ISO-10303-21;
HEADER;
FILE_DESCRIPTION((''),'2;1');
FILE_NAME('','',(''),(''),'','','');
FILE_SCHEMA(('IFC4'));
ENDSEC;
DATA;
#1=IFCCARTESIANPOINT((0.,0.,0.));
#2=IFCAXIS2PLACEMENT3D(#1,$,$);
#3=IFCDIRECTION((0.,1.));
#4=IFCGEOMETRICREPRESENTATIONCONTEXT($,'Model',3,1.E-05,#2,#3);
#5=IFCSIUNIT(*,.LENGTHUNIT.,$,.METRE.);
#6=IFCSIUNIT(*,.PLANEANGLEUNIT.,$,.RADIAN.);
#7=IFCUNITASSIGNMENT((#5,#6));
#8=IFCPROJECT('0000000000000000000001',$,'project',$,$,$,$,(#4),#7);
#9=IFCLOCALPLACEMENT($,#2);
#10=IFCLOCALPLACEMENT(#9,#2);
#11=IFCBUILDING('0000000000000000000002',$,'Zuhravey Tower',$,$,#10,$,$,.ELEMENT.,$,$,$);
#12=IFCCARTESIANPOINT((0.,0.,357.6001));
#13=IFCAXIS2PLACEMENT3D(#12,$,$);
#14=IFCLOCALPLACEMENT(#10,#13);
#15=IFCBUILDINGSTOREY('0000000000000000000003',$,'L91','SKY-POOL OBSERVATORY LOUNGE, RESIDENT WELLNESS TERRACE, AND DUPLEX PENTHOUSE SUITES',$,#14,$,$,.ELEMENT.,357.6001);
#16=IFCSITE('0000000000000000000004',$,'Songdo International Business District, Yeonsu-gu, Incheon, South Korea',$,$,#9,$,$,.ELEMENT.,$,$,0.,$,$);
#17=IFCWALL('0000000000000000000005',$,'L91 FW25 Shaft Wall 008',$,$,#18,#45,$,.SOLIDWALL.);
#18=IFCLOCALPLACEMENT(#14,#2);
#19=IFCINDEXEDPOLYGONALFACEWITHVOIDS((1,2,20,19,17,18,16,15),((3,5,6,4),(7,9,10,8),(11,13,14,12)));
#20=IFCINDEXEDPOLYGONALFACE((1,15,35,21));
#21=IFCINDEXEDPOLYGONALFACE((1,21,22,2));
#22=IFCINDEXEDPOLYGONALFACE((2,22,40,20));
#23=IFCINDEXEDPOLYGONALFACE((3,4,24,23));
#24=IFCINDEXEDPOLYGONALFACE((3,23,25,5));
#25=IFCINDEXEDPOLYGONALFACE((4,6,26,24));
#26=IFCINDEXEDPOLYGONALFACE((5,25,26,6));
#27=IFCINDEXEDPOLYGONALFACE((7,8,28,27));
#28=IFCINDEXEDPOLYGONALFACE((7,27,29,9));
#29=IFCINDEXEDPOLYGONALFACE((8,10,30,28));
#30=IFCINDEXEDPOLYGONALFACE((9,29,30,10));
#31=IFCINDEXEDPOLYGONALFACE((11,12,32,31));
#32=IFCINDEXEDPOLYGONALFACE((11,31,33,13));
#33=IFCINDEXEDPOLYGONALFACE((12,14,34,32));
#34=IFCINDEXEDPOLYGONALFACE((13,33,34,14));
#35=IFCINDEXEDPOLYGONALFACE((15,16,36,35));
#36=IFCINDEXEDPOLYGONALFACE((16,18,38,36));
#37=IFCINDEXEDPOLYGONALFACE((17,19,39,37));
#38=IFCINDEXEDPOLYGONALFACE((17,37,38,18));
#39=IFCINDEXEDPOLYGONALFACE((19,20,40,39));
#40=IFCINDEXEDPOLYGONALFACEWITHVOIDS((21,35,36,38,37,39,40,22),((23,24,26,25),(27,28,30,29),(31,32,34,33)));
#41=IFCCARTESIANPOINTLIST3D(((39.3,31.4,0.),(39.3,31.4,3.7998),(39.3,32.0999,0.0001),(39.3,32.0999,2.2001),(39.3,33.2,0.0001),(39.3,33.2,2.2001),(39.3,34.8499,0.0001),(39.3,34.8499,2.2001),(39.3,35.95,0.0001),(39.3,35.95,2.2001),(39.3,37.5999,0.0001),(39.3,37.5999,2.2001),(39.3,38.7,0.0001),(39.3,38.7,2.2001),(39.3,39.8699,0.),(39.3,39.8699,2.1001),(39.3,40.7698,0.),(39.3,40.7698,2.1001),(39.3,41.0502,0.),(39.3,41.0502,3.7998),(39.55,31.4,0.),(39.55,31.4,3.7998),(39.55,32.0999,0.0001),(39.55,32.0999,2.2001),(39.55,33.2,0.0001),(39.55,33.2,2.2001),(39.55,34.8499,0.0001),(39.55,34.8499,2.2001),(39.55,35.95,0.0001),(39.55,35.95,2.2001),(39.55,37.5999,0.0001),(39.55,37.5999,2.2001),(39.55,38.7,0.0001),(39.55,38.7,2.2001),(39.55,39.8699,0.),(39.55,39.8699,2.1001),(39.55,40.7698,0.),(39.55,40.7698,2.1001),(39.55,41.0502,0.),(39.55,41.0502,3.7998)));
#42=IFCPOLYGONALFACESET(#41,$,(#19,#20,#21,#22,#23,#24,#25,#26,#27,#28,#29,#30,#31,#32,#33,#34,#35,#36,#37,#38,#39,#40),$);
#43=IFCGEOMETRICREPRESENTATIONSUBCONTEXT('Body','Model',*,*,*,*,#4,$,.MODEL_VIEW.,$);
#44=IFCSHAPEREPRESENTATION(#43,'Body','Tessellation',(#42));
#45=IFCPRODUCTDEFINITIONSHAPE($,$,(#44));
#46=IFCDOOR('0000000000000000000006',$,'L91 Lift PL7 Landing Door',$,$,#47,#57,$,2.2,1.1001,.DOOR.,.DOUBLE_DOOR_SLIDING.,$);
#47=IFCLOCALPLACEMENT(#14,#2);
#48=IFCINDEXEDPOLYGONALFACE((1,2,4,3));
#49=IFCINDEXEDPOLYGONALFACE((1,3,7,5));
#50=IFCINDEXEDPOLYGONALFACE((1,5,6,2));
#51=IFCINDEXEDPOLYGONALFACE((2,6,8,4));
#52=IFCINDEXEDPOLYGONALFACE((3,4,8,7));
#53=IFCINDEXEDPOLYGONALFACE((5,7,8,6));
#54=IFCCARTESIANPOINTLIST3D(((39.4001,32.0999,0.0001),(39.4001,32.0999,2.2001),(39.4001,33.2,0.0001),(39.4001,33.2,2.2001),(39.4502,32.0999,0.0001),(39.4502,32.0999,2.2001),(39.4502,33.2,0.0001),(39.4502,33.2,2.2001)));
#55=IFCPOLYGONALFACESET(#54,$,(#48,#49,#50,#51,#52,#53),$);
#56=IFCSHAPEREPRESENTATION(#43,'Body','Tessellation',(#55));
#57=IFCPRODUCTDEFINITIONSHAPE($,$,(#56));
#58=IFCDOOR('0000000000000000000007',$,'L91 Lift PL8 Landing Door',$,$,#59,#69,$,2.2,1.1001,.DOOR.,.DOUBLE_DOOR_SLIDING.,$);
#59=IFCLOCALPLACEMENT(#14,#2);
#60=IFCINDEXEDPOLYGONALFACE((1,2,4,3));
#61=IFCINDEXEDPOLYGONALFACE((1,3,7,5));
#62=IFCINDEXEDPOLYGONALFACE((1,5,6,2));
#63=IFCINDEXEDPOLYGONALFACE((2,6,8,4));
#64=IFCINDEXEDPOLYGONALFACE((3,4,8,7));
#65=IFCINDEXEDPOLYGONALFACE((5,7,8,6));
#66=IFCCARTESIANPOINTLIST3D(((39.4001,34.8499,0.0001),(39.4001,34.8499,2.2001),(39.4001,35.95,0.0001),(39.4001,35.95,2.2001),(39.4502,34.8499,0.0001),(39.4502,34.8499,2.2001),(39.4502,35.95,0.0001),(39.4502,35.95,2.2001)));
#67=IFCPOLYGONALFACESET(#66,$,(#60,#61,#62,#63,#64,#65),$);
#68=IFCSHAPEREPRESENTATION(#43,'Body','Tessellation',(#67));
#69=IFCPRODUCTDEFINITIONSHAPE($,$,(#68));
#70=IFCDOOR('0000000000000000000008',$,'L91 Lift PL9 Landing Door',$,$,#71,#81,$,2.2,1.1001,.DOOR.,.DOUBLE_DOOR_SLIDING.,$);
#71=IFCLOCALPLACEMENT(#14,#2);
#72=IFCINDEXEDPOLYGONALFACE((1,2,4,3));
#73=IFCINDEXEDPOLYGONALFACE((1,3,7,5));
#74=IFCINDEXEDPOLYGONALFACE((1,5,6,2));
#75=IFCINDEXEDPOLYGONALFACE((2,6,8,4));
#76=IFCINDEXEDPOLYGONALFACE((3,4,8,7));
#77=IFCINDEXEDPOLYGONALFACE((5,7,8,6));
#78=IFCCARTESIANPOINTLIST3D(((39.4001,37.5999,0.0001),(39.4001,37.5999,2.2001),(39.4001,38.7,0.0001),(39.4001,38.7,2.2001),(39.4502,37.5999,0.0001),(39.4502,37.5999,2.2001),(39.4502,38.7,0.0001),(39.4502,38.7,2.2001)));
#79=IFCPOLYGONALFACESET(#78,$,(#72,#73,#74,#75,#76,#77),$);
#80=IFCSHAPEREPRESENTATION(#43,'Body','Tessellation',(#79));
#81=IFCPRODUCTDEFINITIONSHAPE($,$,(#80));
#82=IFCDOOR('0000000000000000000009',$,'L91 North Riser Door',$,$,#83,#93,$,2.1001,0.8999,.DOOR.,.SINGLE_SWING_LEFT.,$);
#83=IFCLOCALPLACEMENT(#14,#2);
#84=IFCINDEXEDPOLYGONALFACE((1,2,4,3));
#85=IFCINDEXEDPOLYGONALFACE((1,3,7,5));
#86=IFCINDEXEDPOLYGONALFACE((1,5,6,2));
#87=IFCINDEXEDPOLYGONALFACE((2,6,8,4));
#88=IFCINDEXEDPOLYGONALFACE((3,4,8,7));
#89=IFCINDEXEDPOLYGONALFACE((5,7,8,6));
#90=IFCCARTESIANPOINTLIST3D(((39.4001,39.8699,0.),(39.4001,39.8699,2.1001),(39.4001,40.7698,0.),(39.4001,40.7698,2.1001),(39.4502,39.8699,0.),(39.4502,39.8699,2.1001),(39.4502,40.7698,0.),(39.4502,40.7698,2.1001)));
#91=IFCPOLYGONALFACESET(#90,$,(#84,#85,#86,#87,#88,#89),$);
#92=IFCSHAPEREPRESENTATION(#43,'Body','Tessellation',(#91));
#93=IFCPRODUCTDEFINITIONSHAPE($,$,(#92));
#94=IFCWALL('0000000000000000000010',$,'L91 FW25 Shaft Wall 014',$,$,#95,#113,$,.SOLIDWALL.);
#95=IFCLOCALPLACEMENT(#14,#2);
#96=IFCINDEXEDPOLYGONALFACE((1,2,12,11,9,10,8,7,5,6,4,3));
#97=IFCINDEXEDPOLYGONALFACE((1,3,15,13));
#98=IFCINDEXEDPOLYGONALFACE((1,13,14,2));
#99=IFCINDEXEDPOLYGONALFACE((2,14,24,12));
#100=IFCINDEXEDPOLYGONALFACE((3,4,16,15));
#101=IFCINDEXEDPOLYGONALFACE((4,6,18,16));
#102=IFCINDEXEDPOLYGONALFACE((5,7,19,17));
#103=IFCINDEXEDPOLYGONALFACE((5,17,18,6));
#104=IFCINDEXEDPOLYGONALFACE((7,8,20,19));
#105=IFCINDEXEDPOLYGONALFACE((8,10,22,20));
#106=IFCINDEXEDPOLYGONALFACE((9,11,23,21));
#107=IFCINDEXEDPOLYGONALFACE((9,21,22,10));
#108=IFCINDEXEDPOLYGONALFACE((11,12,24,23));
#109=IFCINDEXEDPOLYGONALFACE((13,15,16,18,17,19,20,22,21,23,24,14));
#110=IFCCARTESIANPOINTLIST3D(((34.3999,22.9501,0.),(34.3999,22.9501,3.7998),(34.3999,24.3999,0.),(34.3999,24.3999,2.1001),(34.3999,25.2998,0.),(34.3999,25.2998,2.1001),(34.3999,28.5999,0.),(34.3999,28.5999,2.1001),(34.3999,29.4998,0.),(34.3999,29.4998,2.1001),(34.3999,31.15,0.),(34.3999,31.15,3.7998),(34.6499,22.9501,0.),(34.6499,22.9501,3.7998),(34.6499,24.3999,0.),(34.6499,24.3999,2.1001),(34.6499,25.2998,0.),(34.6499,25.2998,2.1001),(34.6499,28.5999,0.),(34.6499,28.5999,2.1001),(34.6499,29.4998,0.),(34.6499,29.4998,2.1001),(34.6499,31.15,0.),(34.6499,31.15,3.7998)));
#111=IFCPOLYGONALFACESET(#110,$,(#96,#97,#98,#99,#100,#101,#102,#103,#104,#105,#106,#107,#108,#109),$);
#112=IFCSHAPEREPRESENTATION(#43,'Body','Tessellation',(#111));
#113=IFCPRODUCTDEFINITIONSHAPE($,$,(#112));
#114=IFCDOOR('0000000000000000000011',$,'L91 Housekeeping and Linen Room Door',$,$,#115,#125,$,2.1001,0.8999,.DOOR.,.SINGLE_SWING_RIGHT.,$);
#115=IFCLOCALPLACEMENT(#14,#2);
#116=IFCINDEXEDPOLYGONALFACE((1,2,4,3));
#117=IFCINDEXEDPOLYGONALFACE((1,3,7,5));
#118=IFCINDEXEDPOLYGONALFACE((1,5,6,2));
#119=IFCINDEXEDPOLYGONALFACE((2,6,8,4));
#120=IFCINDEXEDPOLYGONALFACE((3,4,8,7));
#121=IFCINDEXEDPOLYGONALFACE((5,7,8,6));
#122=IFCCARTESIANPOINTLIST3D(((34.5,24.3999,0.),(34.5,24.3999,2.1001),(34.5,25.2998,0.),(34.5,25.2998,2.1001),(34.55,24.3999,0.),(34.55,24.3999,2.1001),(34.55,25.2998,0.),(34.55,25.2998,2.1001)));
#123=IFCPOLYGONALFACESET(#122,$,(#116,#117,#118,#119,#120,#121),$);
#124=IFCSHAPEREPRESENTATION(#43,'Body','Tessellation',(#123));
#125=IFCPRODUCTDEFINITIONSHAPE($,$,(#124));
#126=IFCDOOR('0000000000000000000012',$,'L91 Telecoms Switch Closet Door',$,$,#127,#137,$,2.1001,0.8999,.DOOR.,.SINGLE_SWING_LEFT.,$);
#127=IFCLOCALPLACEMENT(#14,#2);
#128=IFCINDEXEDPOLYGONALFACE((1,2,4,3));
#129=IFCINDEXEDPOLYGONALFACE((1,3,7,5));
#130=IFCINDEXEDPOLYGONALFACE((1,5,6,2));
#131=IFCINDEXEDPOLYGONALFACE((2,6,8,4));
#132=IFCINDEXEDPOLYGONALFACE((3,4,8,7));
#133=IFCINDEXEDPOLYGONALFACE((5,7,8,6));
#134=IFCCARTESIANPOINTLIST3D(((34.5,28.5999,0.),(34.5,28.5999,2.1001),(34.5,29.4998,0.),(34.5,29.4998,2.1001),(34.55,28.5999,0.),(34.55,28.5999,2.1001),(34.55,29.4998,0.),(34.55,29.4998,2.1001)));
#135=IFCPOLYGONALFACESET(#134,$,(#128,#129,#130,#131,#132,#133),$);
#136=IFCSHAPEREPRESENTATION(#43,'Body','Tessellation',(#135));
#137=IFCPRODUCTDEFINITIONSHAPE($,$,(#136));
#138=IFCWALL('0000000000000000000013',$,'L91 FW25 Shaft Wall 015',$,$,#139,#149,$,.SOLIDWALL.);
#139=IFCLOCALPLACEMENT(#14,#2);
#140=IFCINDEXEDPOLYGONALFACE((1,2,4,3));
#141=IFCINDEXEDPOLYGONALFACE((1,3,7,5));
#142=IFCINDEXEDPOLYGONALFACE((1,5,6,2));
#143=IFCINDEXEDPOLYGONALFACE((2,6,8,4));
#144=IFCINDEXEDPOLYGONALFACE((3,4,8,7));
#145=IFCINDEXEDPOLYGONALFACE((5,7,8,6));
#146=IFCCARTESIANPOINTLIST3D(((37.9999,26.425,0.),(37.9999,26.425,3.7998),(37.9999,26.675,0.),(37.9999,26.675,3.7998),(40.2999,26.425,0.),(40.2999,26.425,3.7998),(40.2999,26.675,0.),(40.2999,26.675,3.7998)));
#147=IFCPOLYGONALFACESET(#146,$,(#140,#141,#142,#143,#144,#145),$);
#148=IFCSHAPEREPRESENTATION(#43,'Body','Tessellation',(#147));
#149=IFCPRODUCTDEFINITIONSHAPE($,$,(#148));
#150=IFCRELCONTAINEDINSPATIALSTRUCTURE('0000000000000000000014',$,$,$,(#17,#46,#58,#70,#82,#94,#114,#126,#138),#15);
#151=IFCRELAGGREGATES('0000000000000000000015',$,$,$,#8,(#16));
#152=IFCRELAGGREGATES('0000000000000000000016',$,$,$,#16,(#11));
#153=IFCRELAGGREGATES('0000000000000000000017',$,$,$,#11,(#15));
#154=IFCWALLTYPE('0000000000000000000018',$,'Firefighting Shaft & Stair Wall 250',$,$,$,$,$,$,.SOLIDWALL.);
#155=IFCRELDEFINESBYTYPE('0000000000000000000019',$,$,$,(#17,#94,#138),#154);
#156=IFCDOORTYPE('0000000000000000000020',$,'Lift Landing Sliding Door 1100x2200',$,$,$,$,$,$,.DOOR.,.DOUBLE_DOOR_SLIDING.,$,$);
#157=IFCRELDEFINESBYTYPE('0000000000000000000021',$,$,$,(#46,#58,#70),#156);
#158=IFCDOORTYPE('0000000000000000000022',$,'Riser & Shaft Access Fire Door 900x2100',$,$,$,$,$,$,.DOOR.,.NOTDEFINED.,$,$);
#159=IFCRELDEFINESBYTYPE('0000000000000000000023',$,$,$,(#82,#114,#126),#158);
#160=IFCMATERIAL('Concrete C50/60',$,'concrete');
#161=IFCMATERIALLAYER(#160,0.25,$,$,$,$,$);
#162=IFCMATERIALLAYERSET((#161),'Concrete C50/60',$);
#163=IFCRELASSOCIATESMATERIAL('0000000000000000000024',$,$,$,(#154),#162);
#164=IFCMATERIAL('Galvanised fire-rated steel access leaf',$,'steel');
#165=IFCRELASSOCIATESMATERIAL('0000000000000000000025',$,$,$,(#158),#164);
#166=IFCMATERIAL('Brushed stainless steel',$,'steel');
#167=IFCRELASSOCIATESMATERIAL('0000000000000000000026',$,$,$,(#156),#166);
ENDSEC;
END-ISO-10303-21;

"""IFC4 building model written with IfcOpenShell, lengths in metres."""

from ifc_helpers import new_model, si_unit, direction, frame, frame_2d, origin, place, context, subcontext, project, spatial, rectangle, extrude, material, layer, layer_set, type_object, element, fill, save


model = new_model("IFC4")

# Units and contexts
model_context = context("Model", 3, precision=1e-05, world=origin(), true_north=direction((0.0, 1.0)))
body_context = subcontext(model_context, "Body", "Model", "MODEL_VIEW")
ifc_project = project(units=[si_unit("LENGTHUNIT", "METRE"), si_unit("PLANEANGLEUNIT", "RADIAN")], contexts=[model_context])

# Site, building, storey
site_placement = place(None, origin())
site = spatial("IfcSite", under=ifc_project, at=site_placement, Name="Songdo International Business District, Yeonsu-gu, Incheon, South Korea", CompositionType="ELEMENT", RefElevation=0.0)
building_placement = place(site_placement, origin())
building = spatial("IfcBuilding", under=site, at=building_placement, Name="Zuhravey Tower", CompositionType="ELEMENT")
storey_placement = place(building_placement, frame((0.0, 0.0, 357.6001)))
storey = spatial("IfcBuildingStorey", under=building, at=storey_placement, Name="L91", Description="SKY-POOL OBSERVATORY LOUNGE, RESIDENT WELLNESS TERRACE, AND DUPLEX PENTHOUSE SUITES", CompositionType="ELEMENT", Elevation=357.6001)

# Shared definitions
ifc_material_1 = material(Name="Concrete C50/60", Category="concrete")

# Shared definitions
ifc_layer_1 = layer(ifc_material_1, 0.25)
ifc_layer_set_1 = layer_set([ifc_layer_1], Name="Concrete C50/60")
wall_type_1 = type_object("IfcWallType", Name="Firefighting Shaft & Stair Wall 250", PredefinedType="SOLIDWALL", material=ifc_layer_set_1)

# Walls, openings, doors
ifc_material_2 = material(Name="Galvanised fire-rated steel access leaf", Category="steel")
door_type_1 = type_object("IfcDoorType", Name="Riser & Shaft Access Fire Door 900x2100", OperationType="NOTDEFINED", PredefinedType="DOOR", material=ifc_material_2)
wall_1_placement = place(storey_placement, frame((39.425, 31.3999, 0.0), z_axis=(0.0, 0.0, 1.0), x_axis=(0.0, 1.0, 0.0)))
wall_1 = element("IfcWall", 1, at=wall_1_placement, inside=storey, type_object=wall_type_1, Name="L91 FW25 Shaft Wall 008", PredefinedType="SOLIDWALL", context=body_context, shape_type="SweptSolid", body=[
    extrude(rectangle(XDim=9.6501, YDim=0.25, at=frame_2d((4.8252, 0.0))), origin(), (0.0, 0.0, 1.0), 3.7998),
])
opening_1_placement = place(wall_1_placement, frame((0.7, 0.0, 0.0)))
opening_1 = element("IfcOpeningElement", 2, at=opening_1_placement, cuts=wall_1, PredefinedType="OPENING", context=body_context, shape_type="SweptSolid", body=[
    extrude(rectangle(XDim=1.1001, YDim=2.2, at=frame_2d((0.55, 1.1001))), frame((0.0, 0.137, 0.0), z_axis=(0.0, -1.0, 0.0), x_axis=(1.0, 0.0, 0.0)), (0.0, 0.0, 1.0), 0.2739),
])
opening_2_placement = place(wall_1_placement, frame((3.45, 0.0, 0.0)))
opening_2 = element("IfcOpeningElement", 3, at=opening_2_placement, cuts=wall_1, PredefinedType="OPENING", context=body_context, shape_type="SweptSolid", body=[
    extrude(rectangle(XDim=1.1001, YDim=2.2, at=frame_2d((0.55, 1.1001))), frame((0.0, 0.137, 0.0), z_axis=(0.0, -1.0, 0.0), x_axis=(1.0, 0.0, 0.0)), (0.0, 0.0, 1.0), 0.2739),
])
opening_3_placement = place(wall_1_placement, frame((6.2, 0.0, 0.0)))
opening_3 = element("IfcOpeningElement", 4, at=opening_3_placement, cuts=wall_1, PredefinedType="OPENING", context=body_context, shape_type="SweptSolid", body=[
    extrude(rectangle(XDim=1.1001, YDim=2.2, at=frame_2d((0.55, 1.1001))), frame((0.0, 0.137, 0.0), z_axis=(0.0, -1.0, 0.0), x_axis=(1.0, 0.0, 0.0)), (0.0, 0.0, 1.0), 0.2739),
])
opening_4_placement = place(wall_1_placement, frame((8.47, 0.0, 0.0)))
opening_4 = element("IfcOpeningElement", 5, at=opening_4_placement, cuts=wall_1, PredefinedType="OPENING", context=body_context, shape_type="SweptSolid", body=[
    extrude(rectangle(XDim=0.8999, YDim=2.1001, at=frame_2d((0.45, 1.05))), frame((0.0, 0.137, 0.0), z_axis=(0.0, -1.0, 0.0), x_axis=(1.0, 0.0, 0.0)), (0.0, 0.0, 1.0), 0.2739),
])
ifc_material_3 = material(Name="Brushed stainless steel", Category="steel")
door_type_2 = type_object("IfcDoorType", Name="Lift Landing Sliding Door 1100x2200", OperationType="DOUBLE_DOOR_SLIDING", PredefinedType="DOOR", material=ifc_material_3)
door_1_placement = place(opening_1_placement, origin())
door_1 = element("IfcDoor", 6, at=door_1_placement, inside=storey, type_object=door_type_2, Name="L91 Lift PL7 Landing Door", OperationType="DOUBLE_DOOR_SLIDING", OverallHeight=2.2, OverallWidth=1.1001, PredefinedType="DOOR", context=body_context, shape_type="SweptSolid", body=[
    extrude(rectangle(XDim=1.1001, YDim=2.2, at=frame_2d((0.55, 1.1001))), frame((0.0, 0.0249, 0.0), z_axis=(0.0, -1.0, 0.0), x_axis=(1.0, 0.0, 0.0)), (0.0, 0.0, 1.0), 0.05),
])
fill(opening_1, door_1)
door_2_placement = place(opening_2_placement, origin())
door_2 = element("IfcDoor", 7, at=door_2_placement, inside=storey, type_object=door_type_2, Name="L91 Lift PL8 Landing Door", OperationType="DOUBLE_DOOR_SLIDING", OverallHeight=2.2, OverallWidth=1.1001, PredefinedType="DOOR", context=body_context, shape_type="SweptSolid", body=[
    extrude(rectangle(XDim=1.1001, YDim=2.2, at=frame_2d((0.55, 1.1001))), frame((0.0, 0.0249, 0.0), z_axis=(0.0, -1.0, 0.0), x_axis=(1.0, 0.0, 0.0)), (0.0, 0.0, 1.0), 0.05),
])
fill(opening_2, door_2)
door_3_placement = place(opening_3_placement, origin())
door_3 = element("IfcDoor", 8, at=door_3_placement, inside=storey, type_object=door_type_2, Name="L91 Lift PL9 Landing Door", OperationType="DOUBLE_DOOR_SLIDING", OverallHeight=2.2, OverallWidth=1.1001, PredefinedType="DOOR", context=body_context, shape_type="SweptSolid", body=[
    extrude(rectangle(XDim=1.1001, YDim=2.2, at=frame_2d((0.55, 1.1001))), frame((0.0, 0.0249, 0.0), z_axis=(0.0, -1.0, 0.0), x_axis=(1.0, 0.0, 0.0)), (0.0, 0.0, 1.0), 0.05),
])
fill(opening_3, door_3)
door_4_placement = place(opening_4_placement, origin())
door_4 = element("IfcDoor", 9, at=door_4_placement, inside=storey, type_object=door_type_1, Name="L91 North Riser Door", OperationType="SINGLE_SWING_LEFT", OverallHeight=2.1001, OverallWidth=0.8999, PredefinedType="DOOR", context=body_context, shape_type="SweptSolid", body=[
    extrude(rectangle(XDim=0.8999, YDim=2.1001, at=frame_2d((0.45, 1.05))), frame((0.0, 0.0249, 0.0), z_axis=(0.0, -1.0, 0.0), x_axis=(1.0, 0.0, 0.0)), (0.0, 0.0, 1.0), 0.05),
])
fill(opening_4, door_4)
wall_2_placement = place(storey_placement, frame((34.5249, 22.95, 0.0), z_axis=(0.0, 0.0, 1.0), x_axis=(0.0, 1.0, 0.0)))
wall_2 = element("IfcWall", 10, at=wall_2_placement, inside=storey, type_object=wall_type_1, Name="L91 FW25 Shaft Wall 014", PredefinedType="SOLIDWALL", context=body_context, shape_type="SweptSolid", body=[
    extrude(rectangle(XDim=8.2, YDim=0.25, at=frame_2d((4.1001, 0.0))), origin(), (0.0, 0.0, 1.0), 3.7998),
])
opening_5_placement = place(wall_2_placement, frame((1.45, 0.0, 0.0)))
opening_5 = element("IfcOpeningElement", 11, at=opening_5_placement, cuts=wall_2, PredefinedType="OPENING", context=body_context, shape_type="SweptSolid", body=[
    extrude(rectangle(XDim=0.8999, YDim=2.1001, at=frame_2d((0.45, 1.05))), frame((0.0, 0.137, 0.0), z_axis=(0.0, -1.0, 0.0), x_axis=(1.0, 0.0, 0.0)), (0.0, 0.0, 1.0), 0.2739),
])
opening_6_placement = place(wall_2_placement, frame((5.6499, 0.0, 0.0)))
opening_6 = element("IfcOpeningElement", 12, at=opening_6_placement, cuts=wall_2, PredefinedType="OPENING", context=body_context, shape_type="SweptSolid", body=[
    extrude(rectangle(XDim=0.8999, YDim=2.1001, at=frame_2d((0.45, 1.05))), frame((0.0, 0.137, 0.0), z_axis=(0.0, -1.0, 0.0), x_axis=(1.0, 0.0, 0.0)), (0.0, 0.0, 1.0), 0.2739),
])
door_5_placement = place(opening_5_placement, origin())
door_5 = element("IfcDoor", 13, at=door_5_placement, inside=storey, type_object=door_type_1, Name="L91 Housekeeping and Linen Room Door", OperationType="SINGLE_SWING_RIGHT", OverallHeight=2.1001, OverallWidth=0.8999, PredefinedType="DOOR", context=body_context, shape_type="SweptSolid", body=[
    extrude(rectangle(XDim=0.8999, YDim=2.1001, at=frame_2d((0.45, 1.05))), frame((0.0, 0.0249, 0.0), z_axis=(0.0, -1.0, 0.0), x_axis=(1.0, 0.0, 0.0)), (0.0, 0.0, 1.0), 0.05),
])
fill(opening_5, door_5)
door_6_placement = place(opening_6_placement, origin())
door_6 = element("IfcDoor", 14, at=door_6_placement, inside=storey, type_object=door_type_1, Name="L91 Telecoms Switch Closet Door", OperationType="SINGLE_SWING_LEFT", OverallHeight=2.1001, OverallWidth=0.8999, PredefinedType="DOOR", context=body_context, shape_type="SweptSolid", body=[
    extrude(rectangle(XDim=0.8999, YDim=2.1001, at=frame_2d((0.45, 1.05))), frame((0.0, 0.0249, 0.0), z_axis=(0.0, -1.0, 0.0), x_axis=(1.0, 0.0, 0.0)), (0.0, 0.0, 1.0), 0.05),
])
fill(opening_6, door_6)

# Wall
wall_3_placement = place(storey_placement, frame((38.0, 26.55, 0.0), z_axis=(0.0, 0.0, 1.0), x_axis=(1.0, 0.0, 0.0)))
element("IfcWall", 15, at=wall_3_placement, inside=storey, type_object=wall_type_1, Name="L91 FW25 Shaft Wall 015", PredefinedType="SOLIDWALL", context=body_context, shape_type="SweptSolid", body=[
    extrude(rectangle(XDim=2.3, YDim=0.25, at=frame_2d((1.1499, 0.0))), origin(), (0.0, 0.0, 1.0), 3.7998),
])

save(model, "model.ifc")
